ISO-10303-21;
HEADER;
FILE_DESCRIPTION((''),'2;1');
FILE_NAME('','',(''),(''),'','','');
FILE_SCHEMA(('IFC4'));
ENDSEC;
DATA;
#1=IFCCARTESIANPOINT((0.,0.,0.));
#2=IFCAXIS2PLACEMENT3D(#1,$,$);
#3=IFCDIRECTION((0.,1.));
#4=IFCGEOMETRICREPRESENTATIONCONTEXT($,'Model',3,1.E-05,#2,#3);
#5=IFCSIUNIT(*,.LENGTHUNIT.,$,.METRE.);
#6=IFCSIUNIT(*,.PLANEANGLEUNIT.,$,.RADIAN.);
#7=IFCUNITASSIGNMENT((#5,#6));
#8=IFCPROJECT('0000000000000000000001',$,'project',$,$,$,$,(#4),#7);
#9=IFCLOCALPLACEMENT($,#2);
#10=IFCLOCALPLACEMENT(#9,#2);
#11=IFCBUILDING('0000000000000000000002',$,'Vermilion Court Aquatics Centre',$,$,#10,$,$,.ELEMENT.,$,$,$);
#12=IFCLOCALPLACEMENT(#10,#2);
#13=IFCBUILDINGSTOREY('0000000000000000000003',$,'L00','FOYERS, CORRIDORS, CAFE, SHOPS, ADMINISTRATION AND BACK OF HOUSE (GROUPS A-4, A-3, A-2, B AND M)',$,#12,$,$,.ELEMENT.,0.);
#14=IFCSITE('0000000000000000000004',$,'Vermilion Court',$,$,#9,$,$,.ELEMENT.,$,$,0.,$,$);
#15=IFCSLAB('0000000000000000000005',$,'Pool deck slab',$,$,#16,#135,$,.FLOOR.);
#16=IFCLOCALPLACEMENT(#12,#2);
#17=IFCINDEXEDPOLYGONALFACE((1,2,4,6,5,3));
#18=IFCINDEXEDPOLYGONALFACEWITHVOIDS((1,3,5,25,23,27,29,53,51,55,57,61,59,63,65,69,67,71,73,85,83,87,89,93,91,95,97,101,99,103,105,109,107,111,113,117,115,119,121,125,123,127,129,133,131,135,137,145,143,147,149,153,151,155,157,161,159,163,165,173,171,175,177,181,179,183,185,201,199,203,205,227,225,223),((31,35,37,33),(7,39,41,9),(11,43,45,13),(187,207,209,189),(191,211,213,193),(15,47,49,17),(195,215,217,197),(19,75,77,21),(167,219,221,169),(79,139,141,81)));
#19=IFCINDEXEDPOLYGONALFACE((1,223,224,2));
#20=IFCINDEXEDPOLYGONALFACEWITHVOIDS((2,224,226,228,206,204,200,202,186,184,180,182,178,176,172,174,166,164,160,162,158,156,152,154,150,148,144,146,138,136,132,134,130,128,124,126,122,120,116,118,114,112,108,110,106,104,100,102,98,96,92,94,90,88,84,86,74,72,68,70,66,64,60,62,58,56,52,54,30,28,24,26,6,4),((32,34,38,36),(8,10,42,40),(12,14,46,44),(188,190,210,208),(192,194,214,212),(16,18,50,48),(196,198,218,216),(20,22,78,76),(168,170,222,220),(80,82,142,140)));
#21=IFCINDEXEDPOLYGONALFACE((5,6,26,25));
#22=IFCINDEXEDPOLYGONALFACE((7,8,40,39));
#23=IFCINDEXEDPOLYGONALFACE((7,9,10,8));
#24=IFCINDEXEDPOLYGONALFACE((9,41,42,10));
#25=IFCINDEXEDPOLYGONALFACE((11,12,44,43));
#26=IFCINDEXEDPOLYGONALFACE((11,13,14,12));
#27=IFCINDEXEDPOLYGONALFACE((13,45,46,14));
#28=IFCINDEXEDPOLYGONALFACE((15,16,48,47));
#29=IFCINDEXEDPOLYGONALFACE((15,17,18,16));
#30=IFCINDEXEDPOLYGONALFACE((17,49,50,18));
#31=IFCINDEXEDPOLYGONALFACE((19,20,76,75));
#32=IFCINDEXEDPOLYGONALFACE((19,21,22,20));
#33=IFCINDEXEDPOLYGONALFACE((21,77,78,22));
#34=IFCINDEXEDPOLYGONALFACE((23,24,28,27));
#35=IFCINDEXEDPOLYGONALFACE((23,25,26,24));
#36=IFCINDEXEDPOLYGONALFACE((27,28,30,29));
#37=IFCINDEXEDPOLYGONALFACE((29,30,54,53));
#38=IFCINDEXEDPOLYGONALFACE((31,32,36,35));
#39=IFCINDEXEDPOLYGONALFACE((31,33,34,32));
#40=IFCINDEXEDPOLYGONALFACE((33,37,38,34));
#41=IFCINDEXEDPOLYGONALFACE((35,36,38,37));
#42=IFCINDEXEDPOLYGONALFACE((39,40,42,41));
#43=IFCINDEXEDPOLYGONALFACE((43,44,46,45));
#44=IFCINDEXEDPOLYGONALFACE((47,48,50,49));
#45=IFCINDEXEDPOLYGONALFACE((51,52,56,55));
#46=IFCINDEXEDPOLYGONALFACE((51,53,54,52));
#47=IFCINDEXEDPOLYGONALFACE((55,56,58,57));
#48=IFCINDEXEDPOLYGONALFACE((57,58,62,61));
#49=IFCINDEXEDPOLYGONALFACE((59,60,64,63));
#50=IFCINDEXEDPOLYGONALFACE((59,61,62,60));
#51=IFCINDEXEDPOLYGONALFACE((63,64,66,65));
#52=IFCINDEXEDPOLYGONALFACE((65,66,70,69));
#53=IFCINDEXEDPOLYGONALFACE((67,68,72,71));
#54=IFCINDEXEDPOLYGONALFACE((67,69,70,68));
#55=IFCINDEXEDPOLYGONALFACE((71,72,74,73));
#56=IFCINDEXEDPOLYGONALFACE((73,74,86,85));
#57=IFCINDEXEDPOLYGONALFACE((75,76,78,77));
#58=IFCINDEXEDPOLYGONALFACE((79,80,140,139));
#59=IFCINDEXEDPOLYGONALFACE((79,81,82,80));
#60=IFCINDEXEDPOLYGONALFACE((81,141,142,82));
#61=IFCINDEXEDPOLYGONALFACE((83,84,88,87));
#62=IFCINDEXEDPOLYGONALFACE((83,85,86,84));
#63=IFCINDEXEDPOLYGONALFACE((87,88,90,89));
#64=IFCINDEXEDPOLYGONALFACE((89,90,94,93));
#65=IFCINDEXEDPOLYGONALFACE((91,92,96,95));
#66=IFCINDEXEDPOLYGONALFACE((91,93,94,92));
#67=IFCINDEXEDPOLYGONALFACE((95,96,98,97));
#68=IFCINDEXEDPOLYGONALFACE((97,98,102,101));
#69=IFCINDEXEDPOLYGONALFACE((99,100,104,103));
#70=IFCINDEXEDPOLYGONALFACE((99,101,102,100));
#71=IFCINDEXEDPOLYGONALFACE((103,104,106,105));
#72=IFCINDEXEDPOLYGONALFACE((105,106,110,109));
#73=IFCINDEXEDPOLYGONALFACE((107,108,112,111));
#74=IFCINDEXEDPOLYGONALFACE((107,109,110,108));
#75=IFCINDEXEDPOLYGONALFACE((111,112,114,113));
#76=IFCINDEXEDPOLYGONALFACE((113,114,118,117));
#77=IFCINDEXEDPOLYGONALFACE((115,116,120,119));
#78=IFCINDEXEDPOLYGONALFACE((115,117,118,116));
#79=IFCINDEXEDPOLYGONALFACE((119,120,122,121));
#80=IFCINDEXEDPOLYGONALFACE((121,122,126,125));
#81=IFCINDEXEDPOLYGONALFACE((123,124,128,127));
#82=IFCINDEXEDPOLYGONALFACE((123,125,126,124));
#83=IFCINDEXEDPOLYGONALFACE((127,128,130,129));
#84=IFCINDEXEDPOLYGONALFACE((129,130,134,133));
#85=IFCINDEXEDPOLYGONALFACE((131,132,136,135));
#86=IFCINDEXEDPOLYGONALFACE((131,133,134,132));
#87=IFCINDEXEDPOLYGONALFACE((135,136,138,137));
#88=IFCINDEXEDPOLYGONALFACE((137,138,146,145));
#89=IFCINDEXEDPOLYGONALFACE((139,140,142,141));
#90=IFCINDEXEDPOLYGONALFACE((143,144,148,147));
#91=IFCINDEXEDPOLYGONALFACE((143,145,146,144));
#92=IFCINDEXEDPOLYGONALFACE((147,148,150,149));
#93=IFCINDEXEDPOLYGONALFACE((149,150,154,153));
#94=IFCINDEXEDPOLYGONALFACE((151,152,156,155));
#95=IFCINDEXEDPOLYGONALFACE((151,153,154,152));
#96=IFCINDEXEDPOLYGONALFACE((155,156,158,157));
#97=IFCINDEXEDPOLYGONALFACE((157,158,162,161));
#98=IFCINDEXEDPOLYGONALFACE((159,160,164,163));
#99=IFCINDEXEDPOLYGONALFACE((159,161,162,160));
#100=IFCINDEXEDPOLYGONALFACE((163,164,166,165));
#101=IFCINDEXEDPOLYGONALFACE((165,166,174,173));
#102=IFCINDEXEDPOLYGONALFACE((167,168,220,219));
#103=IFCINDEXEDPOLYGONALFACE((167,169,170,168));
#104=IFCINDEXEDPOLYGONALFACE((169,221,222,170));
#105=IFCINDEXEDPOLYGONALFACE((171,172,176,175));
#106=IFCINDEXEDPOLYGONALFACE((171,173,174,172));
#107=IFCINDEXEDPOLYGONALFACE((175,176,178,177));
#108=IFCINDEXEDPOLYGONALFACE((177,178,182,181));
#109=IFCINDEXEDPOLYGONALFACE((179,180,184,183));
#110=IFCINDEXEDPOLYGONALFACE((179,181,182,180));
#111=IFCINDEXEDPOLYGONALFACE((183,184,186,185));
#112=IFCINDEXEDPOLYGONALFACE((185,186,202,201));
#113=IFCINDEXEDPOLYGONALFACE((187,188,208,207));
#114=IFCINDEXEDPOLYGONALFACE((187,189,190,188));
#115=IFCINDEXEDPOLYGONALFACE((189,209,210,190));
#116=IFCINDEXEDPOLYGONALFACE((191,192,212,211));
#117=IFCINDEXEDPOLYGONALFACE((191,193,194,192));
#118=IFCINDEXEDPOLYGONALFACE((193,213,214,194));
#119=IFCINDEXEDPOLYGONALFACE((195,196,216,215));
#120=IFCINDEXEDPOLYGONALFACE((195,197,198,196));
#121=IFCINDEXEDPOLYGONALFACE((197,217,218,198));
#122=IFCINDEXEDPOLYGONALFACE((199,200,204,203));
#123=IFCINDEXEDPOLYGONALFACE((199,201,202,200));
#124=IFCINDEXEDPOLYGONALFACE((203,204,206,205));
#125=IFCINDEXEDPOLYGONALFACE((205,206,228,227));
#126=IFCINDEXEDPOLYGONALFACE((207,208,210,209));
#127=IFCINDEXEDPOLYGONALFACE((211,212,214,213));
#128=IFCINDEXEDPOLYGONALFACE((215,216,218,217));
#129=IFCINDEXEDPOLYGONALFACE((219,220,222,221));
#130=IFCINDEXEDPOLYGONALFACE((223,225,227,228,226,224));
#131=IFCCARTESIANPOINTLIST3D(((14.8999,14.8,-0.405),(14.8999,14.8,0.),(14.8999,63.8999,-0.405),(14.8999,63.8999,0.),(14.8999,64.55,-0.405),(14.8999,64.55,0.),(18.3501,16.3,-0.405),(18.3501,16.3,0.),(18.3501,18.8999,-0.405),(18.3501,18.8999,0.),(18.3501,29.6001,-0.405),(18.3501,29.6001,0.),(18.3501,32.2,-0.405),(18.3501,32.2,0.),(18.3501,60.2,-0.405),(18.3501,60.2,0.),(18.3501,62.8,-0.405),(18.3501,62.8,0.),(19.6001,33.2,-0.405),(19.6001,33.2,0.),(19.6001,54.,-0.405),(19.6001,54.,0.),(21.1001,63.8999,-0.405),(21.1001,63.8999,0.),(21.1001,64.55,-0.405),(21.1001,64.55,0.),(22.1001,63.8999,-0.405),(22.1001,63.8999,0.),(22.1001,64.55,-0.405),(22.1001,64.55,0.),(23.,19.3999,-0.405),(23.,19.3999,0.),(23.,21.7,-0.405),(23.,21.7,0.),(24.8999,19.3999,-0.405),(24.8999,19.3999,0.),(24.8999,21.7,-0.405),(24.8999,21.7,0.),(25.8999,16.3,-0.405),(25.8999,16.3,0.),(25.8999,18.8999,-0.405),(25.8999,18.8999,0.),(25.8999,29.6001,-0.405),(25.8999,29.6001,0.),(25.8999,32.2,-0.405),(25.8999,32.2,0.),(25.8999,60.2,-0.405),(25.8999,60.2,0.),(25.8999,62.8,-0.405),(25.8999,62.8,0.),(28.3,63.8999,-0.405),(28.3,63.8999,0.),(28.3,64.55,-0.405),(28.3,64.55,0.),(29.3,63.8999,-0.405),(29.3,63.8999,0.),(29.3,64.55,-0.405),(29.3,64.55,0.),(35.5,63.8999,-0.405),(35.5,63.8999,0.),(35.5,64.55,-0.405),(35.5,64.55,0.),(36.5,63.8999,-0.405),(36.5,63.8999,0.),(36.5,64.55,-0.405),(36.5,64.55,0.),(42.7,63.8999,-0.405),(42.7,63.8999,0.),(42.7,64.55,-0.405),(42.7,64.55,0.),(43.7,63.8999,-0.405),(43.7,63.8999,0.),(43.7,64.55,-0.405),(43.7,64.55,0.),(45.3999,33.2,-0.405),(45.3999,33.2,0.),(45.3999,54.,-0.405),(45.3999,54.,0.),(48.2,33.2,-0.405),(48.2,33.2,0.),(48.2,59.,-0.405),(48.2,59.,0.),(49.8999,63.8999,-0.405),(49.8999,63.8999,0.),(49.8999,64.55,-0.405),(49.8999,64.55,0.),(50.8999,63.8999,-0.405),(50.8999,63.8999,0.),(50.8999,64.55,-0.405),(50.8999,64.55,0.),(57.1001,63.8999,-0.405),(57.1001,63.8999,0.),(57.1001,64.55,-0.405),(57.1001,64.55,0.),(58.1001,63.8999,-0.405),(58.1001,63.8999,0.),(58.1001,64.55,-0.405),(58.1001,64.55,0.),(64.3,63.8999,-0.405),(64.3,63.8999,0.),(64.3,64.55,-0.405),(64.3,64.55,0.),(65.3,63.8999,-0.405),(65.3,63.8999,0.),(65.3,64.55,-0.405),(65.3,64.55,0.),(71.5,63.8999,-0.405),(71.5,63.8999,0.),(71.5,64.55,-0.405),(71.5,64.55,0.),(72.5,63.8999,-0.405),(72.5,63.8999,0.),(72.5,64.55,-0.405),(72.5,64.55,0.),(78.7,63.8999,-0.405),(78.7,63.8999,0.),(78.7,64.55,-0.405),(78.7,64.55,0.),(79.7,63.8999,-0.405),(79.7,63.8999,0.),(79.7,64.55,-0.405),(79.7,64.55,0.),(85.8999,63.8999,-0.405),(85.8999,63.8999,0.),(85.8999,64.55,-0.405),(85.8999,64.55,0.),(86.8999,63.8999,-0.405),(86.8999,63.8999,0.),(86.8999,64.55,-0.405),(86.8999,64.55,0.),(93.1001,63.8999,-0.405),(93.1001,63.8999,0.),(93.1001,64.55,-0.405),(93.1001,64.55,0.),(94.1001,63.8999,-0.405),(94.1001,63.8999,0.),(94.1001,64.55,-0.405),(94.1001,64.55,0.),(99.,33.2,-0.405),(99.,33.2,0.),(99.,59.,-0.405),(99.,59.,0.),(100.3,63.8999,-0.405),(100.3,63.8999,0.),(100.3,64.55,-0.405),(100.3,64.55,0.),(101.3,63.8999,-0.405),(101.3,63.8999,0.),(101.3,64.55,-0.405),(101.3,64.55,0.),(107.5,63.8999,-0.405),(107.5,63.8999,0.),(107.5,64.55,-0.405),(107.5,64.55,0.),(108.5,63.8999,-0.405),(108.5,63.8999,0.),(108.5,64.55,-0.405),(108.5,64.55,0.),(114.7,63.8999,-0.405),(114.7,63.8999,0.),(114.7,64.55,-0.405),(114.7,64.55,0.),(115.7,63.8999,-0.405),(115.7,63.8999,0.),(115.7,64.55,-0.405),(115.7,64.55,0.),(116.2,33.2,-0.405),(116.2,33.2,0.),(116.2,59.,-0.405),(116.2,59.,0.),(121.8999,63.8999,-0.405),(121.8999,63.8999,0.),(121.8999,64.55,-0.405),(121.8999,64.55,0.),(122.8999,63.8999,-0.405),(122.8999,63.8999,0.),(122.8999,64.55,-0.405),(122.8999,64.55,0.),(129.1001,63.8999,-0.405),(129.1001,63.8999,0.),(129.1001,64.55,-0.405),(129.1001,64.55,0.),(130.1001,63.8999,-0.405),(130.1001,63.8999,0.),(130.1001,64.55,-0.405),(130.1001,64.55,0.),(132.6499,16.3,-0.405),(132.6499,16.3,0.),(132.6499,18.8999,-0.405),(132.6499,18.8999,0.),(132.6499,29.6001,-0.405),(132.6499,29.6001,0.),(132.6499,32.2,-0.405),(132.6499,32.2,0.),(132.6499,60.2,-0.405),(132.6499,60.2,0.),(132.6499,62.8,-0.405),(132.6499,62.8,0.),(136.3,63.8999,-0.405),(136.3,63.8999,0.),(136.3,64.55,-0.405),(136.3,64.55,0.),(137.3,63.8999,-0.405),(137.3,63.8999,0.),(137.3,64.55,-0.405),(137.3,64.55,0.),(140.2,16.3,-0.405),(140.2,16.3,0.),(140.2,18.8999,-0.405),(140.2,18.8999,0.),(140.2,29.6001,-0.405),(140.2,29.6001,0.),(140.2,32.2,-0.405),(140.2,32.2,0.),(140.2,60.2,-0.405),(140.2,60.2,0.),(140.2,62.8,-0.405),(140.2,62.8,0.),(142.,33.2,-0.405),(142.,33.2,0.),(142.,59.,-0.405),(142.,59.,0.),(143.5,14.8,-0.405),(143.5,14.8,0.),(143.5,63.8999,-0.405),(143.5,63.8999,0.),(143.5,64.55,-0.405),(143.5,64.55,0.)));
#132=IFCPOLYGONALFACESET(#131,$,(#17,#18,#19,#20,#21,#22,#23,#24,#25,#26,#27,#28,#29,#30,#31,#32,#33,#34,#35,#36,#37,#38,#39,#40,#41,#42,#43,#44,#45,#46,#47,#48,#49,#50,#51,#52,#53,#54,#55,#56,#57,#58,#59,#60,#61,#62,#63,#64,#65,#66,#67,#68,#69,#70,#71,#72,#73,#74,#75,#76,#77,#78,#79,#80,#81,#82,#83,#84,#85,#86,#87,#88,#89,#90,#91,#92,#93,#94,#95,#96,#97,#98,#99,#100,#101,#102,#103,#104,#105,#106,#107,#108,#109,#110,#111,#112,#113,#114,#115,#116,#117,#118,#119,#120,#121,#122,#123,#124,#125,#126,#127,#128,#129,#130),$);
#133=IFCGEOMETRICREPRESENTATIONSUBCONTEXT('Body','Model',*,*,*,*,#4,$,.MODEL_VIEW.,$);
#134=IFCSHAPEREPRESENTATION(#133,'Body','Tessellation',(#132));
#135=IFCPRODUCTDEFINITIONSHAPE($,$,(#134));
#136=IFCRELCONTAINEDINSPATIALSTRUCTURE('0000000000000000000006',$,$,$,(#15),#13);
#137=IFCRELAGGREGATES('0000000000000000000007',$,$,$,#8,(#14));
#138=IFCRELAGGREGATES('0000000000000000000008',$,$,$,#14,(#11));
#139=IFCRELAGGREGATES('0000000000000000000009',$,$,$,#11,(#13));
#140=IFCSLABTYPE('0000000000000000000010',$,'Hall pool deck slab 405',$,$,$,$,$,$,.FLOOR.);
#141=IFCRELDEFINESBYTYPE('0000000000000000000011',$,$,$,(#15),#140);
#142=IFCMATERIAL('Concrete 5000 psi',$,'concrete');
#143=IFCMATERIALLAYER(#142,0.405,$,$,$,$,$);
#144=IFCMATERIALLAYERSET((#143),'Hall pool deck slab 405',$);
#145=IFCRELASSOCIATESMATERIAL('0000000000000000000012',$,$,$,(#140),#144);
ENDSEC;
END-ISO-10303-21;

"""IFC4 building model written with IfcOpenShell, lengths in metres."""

from ifc_helpers import new_model, si_unit, direction, frame, origin, place, context, subcontext, project, spatial, polyline, outline, extrude, material, layer, layer_set, type_object, element, save


model = new_model("IFC4")

# Units and contexts
model_context = context("Model", 3, precision=1e-05, world=origin(), true_north=direction((0.0, 1.0)))
body_context = subcontext(model_context, "Body", "Model", "MODEL_VIEW")
ifc_project = project(units=[si_unit("LENGTHUNIT", "METRE"), si_unit("PLANEANGLEUNIT", "RADIAN")], contexts=[model_context])

# Site, building, storey
site_placement = place(None, origin())
site = spatial("IfcSite", under=ifc_project, at=site_placement, Name="Vermilion Court", CompositionType="ELEMENT", RefElevation=0.0)
building_placement = place(site_placement, origin())
building = spatial("IfcBuilding", under=site, at=building_placement, Name="Vermilion Court Aquatics Centre", CompositionType="ELEMENT")
storey_placement = place(building_placement, origin())
storey = spatial("IfcBuildingStorey", under=building, at=storey_placement, Name="L00", Description="FOYERS, CORRIDORS, CAFE, SHOPS, ADMINISTRATION AND BACK OF HOUSE (GROUPS A-4, A-3, A-2, B AND M)", CompositionType="ELEMENT", Elevation=0.0)

# Slab
ifc_material_1 = material(Name="Concrete 5000 psi", Category="concrete")
ifc_layer_1 = layer(ifc_material_1, 0.405)
ifc_layer_set_1 = layer_set([ifc_layer_1], Name="Hall pool deck slab 405")
slab_type_1 = type_object("IfcSlabType", Name="Hall pool deck slab 405", PredefinedType="FLOOR", material=ifc_layer_set_1)
slab_1_placement = place(storey_placement, frame((0.0, 0.0, -0.405)))
element("IfcSlab", 1, at=slab_1_placement, inside=storey, type_object=slab_type_1, Name="Pool deck slab", PredefinedType="FLOOR", context=body_context, shape_type="SweptSolid", body=[
    extrude(outline(polyline([(14.8999, 64.55), (21.1001, 64.55), (21.1001, 63.8999), (22.1001, 63.8999), (22.1001, 64.55), (28.3, 64.55), (28.3, 63.8999), (29.3, 63.8999), (29.3, 64.55), (35.5, 64.55), (35.5, 63.8999), (36.5, 63.8999), (36.5, 64.55), (42.7, 64.55), (42.7, 63.8999), (43.7, 63.8999), (43.7, 64.55), (49.8999, 64.55), (49.8999, 63.8999), (50.8999, 63.8999), (50.8999, 64.55), (57.1001, 64.55), (57.1001, 63.8999), (58.1001, 63.8999), (58.1001, 64.55), (64.3, 64.55), (64.3, 63.8999), (65.3, 63.8999), (65.3, 64.55), (71.5, 64.55), (71.5, 63.8999), (72.5, 63.8999), (72.5, 64.55), (78.7, 64.55), (78.7, 63.8999), (79.7, 63.8999), (79.7, 64.55), (85.8999, 64.55), (85.8999, 63.8999), (86.8999, 63.8999), (86.8999, 64.55), (93.1001, 64.55), (93.1001, 63.8999), (94.1001, 63.8999), (94.1001, 64.55), (100.3, 64.55), (100.3, 63.8999), (101.3, 63.8999), (101.3, 64.55), (107.5, 64.55), (107.5, 63.8999), (108.5, 63.8999), (108.5, 64.55), (114.7, 64.55), (114.7, 63.8999), (115.7, 63.8999), (115.7, 64.55), (121.8999, 64.55), (121.8999, 63.8999), (122.8999, 63.8999), (122.8999, 64.55), (129.1001, 64.55), (129.1001, 63.8999), (130.1001, 63.8999), (130.1001, 64.55), (136.3, 64.55), (136.3, 63.8999), (137.3, 63.8999), (137.3, 64.55), (143.5, 64.55), (143.5, 63.8999), (143.5, 14.8), (14.8999, 14.8), (14.8999, 63.8999), (14.8999, 64.55)]), holes=[polyline([(18.3501, 18.8999), (18.3501, 16.3), (25.8999, 16.3), (25.8999, 18.8999), (18.3501, 18.8999)]), polyline([(132.6499, 18.8999), (132.6499, 16.3), (140.2, 16.3), (140.2, 18.8999), (132.6499, 18.8999)]), polyline([(23.0, 21.7), (23.0, 19.3999), (24.8999, 19.3999), (24.8999, 21.7), (23.0, 21.7)]), polyline([(25.8999, 32.2), (18.3501, 32.2), (18.3501, 29.6001), (25.8999, 29.6001), (25.8999, 32.2)]), polyline([(140.2, 32.2), (132.6499, 32.2), (132.6499, 29.6001), (140.2, 29.6001), (140.2, 32.2)]), polyline([(19.6001, 54.0), (19.6001, 33.2), (45.3999, 33.2), (45.3999, 54.0), (19.6001, 54.0)]), polyline([(48.2, 59.0), (48.2, 33.2), (99.0, 33.2), (99.0, 59.0), (48.2, 59.0)]), polyline([(116.2, 59.0), (116.2, 33.2), (142.0, 33.2), (142.0, 59.0), (116.2, 59.0)]), polyline([(25.8999, 62.8), (18.3501, 62.8), (18.3501, 60.2), (25.8999, 60.2), (25.8999, 62.8)]), polyline([(140.2, 62.8), (132.6499, 62.8), (132.6499, 60.2), (140.2, 60.2), (140.2, 62.8)])]), origin(), (0.0, 0.0, 1.0), 0.405),
])

save(model, "model.ifc")
